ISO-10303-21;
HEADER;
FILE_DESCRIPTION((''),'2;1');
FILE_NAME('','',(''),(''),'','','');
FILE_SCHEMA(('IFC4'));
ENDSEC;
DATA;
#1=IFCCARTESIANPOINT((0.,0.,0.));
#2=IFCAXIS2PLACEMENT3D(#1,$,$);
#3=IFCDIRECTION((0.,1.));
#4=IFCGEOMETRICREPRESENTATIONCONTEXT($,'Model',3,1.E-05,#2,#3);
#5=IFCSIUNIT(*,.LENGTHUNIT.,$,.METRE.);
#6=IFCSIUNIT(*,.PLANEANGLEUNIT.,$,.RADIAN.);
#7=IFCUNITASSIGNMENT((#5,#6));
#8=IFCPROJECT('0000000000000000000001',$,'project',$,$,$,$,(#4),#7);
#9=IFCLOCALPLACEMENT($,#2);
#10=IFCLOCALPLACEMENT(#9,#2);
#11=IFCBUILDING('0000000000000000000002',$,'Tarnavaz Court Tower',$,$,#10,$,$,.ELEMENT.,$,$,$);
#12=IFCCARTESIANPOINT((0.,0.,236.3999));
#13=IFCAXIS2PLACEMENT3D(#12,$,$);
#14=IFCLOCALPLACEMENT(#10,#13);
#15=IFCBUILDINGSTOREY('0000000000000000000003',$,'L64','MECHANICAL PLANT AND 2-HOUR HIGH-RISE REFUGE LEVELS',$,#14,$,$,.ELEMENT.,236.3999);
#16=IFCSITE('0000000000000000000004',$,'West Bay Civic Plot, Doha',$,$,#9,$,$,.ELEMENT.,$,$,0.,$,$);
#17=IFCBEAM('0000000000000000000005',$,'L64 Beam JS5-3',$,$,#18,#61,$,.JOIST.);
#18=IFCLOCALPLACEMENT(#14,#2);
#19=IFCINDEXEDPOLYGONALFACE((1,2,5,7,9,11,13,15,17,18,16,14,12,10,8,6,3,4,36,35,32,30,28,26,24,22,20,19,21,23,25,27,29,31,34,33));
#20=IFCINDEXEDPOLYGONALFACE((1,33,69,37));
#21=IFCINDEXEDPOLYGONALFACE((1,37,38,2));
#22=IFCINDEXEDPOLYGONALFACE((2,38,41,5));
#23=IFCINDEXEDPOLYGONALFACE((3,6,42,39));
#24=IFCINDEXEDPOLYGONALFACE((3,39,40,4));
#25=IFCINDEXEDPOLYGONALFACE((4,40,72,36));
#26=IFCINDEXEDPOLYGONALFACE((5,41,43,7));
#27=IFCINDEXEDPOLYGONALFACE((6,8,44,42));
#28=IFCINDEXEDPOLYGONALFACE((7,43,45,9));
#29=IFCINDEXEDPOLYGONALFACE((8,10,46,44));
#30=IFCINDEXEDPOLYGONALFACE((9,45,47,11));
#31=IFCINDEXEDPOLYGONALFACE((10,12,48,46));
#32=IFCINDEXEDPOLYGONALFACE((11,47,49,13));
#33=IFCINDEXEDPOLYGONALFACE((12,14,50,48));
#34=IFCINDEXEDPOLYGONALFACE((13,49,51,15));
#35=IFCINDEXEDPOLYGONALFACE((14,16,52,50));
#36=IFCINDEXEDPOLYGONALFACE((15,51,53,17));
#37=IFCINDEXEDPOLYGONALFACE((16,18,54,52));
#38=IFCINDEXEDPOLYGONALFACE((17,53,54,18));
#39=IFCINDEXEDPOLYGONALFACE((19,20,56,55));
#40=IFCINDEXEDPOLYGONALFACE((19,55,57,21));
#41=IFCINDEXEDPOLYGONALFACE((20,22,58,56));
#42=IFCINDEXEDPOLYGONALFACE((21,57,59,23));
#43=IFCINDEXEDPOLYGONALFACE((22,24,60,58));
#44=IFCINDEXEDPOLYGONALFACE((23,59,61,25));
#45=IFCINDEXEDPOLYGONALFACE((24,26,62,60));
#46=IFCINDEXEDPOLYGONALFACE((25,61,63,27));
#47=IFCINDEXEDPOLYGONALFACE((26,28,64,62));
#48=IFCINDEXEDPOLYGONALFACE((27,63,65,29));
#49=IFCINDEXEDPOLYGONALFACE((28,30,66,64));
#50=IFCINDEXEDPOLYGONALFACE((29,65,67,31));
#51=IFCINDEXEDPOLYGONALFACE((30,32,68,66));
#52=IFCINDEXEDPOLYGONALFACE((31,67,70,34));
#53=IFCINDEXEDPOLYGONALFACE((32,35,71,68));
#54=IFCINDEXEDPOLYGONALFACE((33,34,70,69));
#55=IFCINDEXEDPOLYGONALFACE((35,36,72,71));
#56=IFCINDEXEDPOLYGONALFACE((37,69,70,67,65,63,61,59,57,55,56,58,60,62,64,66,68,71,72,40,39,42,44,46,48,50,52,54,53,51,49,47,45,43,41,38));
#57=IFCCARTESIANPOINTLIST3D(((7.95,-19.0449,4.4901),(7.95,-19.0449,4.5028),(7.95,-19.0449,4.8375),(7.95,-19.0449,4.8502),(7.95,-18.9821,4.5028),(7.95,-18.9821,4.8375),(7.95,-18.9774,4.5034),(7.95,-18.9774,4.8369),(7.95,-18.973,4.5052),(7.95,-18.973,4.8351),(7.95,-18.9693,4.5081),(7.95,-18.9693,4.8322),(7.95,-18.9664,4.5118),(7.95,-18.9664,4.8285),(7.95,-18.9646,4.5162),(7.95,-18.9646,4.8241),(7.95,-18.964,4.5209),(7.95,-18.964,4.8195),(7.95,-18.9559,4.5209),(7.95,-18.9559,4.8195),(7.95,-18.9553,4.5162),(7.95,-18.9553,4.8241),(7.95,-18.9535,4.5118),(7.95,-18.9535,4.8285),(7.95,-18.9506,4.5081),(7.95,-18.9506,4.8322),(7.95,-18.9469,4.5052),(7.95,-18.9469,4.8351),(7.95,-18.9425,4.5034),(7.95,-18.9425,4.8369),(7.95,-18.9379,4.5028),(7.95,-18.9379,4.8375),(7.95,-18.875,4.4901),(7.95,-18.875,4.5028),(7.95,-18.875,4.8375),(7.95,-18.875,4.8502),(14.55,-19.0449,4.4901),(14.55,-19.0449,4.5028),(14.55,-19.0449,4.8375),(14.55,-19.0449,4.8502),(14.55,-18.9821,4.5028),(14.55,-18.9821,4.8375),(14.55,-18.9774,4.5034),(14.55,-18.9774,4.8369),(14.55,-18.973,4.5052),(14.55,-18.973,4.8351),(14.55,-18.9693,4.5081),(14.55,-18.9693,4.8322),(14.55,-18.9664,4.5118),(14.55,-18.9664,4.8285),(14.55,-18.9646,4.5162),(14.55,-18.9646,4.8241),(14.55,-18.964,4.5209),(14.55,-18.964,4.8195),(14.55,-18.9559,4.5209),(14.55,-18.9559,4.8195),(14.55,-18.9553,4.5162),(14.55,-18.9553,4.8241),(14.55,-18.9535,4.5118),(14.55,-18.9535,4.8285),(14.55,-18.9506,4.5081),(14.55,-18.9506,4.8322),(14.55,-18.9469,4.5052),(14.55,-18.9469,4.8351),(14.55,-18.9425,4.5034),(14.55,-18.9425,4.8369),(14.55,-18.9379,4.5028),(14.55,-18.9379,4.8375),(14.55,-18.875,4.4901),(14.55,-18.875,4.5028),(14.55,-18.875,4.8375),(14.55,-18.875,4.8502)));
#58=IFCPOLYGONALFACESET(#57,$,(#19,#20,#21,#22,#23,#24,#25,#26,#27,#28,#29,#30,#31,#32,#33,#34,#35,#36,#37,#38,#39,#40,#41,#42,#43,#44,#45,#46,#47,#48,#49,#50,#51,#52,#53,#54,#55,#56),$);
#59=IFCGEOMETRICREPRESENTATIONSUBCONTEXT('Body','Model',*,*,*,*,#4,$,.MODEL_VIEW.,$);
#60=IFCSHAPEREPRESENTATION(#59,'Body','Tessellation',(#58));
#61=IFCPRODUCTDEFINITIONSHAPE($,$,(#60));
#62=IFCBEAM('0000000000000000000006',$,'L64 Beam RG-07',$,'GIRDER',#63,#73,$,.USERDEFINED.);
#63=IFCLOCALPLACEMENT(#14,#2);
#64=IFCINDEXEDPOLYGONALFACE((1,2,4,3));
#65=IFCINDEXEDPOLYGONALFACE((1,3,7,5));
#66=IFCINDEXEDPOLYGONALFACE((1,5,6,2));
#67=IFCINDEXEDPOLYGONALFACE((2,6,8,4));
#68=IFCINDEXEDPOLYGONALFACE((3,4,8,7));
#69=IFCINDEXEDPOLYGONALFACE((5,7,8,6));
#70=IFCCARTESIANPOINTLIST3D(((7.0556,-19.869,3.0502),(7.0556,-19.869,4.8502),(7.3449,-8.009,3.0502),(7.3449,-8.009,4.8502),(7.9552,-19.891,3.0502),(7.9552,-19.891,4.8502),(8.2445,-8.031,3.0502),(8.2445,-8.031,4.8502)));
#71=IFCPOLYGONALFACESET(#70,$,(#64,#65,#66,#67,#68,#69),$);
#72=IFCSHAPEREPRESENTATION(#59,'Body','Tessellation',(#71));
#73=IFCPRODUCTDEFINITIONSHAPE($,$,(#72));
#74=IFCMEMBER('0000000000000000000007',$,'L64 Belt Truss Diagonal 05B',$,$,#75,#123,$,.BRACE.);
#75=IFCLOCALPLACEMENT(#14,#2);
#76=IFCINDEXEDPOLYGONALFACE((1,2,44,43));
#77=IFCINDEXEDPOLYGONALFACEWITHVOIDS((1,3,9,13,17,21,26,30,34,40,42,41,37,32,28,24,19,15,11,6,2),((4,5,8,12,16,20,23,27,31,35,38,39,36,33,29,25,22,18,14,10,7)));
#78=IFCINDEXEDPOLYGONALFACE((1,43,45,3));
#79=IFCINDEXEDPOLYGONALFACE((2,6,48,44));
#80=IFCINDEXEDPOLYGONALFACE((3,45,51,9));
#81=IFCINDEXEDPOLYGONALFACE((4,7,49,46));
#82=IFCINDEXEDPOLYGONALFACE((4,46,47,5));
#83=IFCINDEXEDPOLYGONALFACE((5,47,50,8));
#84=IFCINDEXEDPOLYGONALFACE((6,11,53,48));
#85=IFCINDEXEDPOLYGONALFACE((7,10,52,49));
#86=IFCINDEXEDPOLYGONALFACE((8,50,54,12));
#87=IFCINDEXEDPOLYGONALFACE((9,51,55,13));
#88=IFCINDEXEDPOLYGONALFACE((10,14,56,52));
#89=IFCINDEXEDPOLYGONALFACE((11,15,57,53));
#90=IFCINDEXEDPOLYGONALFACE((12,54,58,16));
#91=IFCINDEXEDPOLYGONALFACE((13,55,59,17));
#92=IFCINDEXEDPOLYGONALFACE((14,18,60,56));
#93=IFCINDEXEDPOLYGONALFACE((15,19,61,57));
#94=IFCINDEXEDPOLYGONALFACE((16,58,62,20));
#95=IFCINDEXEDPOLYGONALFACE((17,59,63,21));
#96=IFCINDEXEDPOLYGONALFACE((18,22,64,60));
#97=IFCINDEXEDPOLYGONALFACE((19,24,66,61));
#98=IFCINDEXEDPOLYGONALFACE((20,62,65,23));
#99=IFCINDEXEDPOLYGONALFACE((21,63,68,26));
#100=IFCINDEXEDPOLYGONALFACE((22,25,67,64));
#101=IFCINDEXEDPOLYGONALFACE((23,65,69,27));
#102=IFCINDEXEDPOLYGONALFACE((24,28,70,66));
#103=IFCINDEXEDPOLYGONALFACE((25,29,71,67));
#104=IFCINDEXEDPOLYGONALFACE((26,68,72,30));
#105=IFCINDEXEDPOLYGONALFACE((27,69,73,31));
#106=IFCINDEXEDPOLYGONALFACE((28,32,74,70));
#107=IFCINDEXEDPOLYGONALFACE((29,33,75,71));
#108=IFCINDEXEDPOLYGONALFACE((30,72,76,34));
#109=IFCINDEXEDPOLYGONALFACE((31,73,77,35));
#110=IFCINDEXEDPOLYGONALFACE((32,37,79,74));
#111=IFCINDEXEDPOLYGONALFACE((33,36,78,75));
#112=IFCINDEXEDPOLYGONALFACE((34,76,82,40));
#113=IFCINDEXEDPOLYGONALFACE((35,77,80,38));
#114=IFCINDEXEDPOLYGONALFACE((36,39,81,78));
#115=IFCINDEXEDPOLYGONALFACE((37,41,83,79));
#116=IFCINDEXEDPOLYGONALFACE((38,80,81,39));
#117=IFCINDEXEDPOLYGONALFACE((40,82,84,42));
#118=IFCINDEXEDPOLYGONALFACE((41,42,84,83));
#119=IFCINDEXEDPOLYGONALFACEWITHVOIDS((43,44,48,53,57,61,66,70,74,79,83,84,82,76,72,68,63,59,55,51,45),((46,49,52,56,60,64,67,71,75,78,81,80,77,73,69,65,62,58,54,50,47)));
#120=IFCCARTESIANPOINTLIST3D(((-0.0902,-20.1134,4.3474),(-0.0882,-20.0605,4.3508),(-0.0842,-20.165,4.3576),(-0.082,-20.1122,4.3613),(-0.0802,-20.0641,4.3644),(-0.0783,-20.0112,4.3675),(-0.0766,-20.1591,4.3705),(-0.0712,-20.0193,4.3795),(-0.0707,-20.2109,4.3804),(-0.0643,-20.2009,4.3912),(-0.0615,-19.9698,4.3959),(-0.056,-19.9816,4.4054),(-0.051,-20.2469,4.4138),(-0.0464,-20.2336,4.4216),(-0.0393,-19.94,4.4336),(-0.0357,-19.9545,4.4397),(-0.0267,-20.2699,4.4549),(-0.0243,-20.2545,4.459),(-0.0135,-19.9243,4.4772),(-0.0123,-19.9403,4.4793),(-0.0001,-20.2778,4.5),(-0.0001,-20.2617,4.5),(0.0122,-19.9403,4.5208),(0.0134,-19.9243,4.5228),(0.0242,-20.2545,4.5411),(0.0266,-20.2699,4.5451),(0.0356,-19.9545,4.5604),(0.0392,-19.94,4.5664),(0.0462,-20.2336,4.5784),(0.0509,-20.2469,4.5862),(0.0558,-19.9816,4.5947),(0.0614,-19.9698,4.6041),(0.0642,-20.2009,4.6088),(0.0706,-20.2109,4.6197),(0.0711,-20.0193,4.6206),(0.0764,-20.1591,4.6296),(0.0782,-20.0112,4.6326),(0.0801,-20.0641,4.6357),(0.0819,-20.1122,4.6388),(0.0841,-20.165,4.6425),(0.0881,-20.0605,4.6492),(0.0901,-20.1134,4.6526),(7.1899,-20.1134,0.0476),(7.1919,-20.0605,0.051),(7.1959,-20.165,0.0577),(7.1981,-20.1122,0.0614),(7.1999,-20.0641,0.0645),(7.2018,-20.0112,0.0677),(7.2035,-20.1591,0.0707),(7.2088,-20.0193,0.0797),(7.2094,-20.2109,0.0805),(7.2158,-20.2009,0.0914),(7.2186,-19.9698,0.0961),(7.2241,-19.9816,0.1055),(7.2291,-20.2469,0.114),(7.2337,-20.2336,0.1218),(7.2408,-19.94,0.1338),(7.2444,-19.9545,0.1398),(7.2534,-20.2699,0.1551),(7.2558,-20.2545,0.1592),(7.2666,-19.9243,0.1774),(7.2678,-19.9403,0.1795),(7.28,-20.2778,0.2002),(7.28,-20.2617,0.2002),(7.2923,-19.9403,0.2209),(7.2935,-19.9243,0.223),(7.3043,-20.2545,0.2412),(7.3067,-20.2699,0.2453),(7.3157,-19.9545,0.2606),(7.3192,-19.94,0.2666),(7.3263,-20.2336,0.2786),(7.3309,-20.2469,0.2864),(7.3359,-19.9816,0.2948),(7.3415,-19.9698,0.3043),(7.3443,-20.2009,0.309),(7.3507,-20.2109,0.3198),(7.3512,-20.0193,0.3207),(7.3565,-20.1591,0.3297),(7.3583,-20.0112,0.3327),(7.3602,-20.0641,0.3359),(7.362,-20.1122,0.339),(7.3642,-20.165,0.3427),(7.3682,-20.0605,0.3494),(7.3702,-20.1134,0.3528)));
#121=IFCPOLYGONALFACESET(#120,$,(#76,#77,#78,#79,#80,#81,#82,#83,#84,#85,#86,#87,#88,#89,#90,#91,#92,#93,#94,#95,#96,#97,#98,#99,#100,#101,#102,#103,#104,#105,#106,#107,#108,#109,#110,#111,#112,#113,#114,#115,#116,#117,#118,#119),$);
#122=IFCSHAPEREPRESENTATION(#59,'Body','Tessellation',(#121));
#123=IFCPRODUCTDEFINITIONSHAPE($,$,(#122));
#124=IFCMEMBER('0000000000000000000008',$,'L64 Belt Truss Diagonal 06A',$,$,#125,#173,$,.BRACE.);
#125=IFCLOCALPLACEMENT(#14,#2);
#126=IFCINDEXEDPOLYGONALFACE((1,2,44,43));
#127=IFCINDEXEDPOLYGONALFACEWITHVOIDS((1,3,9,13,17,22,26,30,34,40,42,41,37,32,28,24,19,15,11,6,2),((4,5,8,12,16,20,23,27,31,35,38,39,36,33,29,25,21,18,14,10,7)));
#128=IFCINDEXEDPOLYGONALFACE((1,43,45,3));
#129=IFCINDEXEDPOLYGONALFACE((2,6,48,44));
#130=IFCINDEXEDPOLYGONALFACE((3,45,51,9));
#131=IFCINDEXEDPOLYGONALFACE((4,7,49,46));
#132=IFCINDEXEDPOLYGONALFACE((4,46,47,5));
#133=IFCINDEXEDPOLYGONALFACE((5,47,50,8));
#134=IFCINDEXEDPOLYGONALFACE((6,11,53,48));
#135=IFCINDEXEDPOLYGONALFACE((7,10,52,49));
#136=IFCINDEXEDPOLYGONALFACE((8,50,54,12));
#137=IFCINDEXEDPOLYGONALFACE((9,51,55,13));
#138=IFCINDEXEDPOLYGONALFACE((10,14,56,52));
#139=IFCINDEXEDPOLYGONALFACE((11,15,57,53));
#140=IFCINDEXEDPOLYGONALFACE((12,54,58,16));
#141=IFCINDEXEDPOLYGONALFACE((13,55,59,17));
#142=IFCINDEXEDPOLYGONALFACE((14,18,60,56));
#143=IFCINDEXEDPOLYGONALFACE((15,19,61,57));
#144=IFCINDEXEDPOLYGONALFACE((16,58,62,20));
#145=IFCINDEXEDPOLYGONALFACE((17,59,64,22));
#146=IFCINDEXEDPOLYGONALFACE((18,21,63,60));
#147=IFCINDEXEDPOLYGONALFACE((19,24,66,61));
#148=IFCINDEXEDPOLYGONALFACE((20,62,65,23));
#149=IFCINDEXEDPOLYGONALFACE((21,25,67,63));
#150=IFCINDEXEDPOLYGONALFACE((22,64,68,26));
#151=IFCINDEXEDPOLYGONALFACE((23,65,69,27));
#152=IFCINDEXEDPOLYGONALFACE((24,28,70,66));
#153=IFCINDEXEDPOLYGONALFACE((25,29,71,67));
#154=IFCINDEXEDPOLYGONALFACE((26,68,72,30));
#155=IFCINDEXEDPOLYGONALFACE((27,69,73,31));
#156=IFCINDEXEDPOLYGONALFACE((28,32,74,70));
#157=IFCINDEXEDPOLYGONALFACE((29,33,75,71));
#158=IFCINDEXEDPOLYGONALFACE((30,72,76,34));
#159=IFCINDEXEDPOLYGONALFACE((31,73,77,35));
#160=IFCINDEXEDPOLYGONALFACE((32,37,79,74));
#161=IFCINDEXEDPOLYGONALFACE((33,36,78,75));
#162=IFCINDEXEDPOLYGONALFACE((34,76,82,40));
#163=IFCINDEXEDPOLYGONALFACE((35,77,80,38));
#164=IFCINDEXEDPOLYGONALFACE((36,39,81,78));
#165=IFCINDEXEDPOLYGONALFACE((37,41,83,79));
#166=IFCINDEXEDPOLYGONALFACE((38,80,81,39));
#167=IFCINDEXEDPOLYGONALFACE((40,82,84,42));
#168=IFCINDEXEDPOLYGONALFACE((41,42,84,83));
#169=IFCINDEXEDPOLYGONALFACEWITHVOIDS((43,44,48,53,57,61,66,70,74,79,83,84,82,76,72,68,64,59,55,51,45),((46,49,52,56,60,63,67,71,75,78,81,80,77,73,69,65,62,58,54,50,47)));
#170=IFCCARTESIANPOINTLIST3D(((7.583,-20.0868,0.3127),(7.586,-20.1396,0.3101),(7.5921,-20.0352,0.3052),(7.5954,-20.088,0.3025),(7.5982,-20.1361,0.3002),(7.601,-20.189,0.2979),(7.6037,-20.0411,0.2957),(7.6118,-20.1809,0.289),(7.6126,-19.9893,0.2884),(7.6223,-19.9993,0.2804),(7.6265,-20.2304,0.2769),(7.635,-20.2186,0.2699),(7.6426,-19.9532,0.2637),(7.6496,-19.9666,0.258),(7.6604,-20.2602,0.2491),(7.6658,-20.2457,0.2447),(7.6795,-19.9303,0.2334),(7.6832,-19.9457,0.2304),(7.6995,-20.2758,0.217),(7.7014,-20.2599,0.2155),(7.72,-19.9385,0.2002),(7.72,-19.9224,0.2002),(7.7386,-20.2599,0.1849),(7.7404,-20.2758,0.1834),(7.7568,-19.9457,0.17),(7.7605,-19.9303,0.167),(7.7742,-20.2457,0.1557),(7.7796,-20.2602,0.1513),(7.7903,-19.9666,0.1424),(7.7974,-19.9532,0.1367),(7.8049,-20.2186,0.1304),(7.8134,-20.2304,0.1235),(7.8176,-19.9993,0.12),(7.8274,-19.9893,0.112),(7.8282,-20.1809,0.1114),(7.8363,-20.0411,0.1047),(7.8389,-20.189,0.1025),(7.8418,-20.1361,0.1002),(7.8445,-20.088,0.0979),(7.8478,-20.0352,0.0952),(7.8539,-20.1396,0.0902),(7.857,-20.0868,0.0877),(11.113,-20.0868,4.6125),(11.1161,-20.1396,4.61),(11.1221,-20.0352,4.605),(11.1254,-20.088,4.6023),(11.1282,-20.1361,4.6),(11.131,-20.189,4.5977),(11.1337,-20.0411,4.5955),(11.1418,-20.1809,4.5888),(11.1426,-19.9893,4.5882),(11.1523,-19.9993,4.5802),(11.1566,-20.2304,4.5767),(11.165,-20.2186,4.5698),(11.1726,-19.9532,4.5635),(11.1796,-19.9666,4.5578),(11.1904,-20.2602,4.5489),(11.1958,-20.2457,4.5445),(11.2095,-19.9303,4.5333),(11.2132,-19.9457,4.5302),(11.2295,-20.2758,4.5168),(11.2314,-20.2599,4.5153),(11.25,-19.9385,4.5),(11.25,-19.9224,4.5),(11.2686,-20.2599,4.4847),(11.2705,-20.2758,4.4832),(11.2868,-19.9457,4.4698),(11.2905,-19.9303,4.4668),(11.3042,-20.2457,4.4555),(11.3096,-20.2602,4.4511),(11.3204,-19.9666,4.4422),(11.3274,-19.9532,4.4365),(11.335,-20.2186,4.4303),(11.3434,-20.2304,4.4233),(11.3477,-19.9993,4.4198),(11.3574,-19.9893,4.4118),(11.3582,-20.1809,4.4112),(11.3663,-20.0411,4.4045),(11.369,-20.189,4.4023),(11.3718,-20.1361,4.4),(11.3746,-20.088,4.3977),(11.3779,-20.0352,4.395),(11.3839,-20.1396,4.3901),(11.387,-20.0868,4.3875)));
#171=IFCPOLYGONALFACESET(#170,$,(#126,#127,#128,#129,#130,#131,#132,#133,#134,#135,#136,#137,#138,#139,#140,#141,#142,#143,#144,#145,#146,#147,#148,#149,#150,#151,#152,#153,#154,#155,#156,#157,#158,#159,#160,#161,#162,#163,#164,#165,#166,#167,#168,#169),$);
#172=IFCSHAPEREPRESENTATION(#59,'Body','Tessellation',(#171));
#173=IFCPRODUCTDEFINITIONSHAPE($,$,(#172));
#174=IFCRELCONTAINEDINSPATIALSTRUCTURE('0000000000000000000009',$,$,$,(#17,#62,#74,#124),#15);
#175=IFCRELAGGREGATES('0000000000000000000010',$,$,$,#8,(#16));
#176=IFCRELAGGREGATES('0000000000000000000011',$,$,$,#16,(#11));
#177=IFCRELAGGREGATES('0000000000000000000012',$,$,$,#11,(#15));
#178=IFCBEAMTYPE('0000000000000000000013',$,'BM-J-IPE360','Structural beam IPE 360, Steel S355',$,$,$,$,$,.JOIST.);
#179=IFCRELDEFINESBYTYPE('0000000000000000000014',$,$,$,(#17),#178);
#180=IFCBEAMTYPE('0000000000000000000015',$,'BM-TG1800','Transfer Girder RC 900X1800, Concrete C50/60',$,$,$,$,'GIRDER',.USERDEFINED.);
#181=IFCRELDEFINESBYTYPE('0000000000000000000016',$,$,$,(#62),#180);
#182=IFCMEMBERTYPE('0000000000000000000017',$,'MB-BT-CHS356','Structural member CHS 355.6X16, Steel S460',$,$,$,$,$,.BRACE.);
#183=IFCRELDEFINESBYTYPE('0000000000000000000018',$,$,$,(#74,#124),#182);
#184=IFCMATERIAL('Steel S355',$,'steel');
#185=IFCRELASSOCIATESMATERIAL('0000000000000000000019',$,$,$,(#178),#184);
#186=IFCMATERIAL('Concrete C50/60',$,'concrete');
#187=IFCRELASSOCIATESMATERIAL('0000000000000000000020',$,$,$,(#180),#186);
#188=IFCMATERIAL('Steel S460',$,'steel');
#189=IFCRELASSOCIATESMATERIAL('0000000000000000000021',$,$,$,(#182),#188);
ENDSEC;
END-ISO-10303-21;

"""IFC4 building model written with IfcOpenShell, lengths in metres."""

from ifc_helpers import new_model, si_unit, direction, frame, origin, origin_2d, place, context, subcontext, project, spatial, rectangle, hollow_circle, i_section, extrude, material, material_profile, profile_set, type_object, element, save


model = new_model("IFC4")

# Units and contexts
model_context = context("Model", 3, precision=1e-05, world=origin(), true_north=direction((0.0, 1.0)))
body_context = subcontext(model_context, "Body", "Model", "MODEL_VIEW")
ifc_project = project(units=[si_unit("LENGTHUNIT", "METRE"), si_unit("PLANEANGLEUNIT", "RADIAN")], contexts=[model_context])

# Site, building, storey
site_placement = place(None, origin())
site = spatial("IfcSite", under=ifc_project, at=site_placement, Name="West Bay Civic Plot, Doha", CompositionType="ELEMENT", RefElevation=0.0)
building_placement = place(site_placement, origin())
building = spatial("IfcBuilding", under=site, at=building_placement, Name="Tarnavaz Court Tower", CompositionType="ELEMENT")
storey_placement = place(building_placement, frame((0.0, 0.0, 236.3999)))
storey = spatial("IfcBuildingStorey", under=building, at=storey_placement, Name="L64", Description="MECHANICAL PLANT AND 2-HOUR HIGH-RISE REFUGE LEVELS", CompositionType="ELEMENT", Elevation=236.3999)

# Shared definitions
ifc_material_1 = material(Name="Concrete C50/60", Category="concrete")
ifc_material_2 = material(Name="Steel S460", Category="steel")

# Beams
ifc_material_3 = material(Name="Steel S355", Category="steel")
ifc_material_profile_1 = material_profile(ifc_material_3, i_section(OverallWidth=0.1699, OverallDepth=0.3601, WebThickness=0.0081, FlangeThickness=0.0127, FilletRadius=0.0181, at=origin_2d()), Name="IPE 360")
ifc_profile_set_1 = profile_set([ifc_material_profile_1], Name="Steel S355")
beam_type_1 = type_object("IfcBeamType", Name="BM-J-IPE360", Description="Structural beam IPE 360, Steel S355", PredefinedType="JOIST", material=ifc_profile_set_1)
for number, where, z_axis, x_axis, name in (
    (1, (7.95, -18.96, 4.6702), (1.0, 0.0, 0.0), (0.0, 1.0, 0.0), "L64 Beam JS5-3"),
):
    element("IfcBeam", number, at=place(storey_placement, frame(where, z_axis=z_axis, x_axis=x_axis)), inside=storey, type_object=beam_type_1, Name=name, PredefinedType="JOIST", context=body_context, shape_type="SweptSolid", body=[
        extrude(i_section(OverallWidth=0.1699, OverallDepth=0.3601, WebThickness=0.0081, FlangeThickness=0.0127, FilletRadius=0.0181, at=origin_2d()), origin(), (0.0, 0.0, 1.0), 6.6001),
    ])
ifc_material_profile_2 = material_profile(ifc_material_1, rectangle(XDim=0.8999, YDim=1.8, at=origin_2d()), Name="RC 900X1800")
ifc_profile_set_2 = profile_set([ifc_material_profile_2], Name="Concrete C50/60")
beam_type_2 = type_object("IfcBeamType", Name="BM-TG1800", Description="Transfer Girder RC 900X1800, Concrete C50/60", ElementType="GIRDER", PredefinedType="USERDEFINED", material=ifc_profile_set_2)
beam_1_placement = place(storey_placement, frame((7.7947, -8.02, 3.9502), z_axis=(-0.024386, -0.999703, 0.0), x_axis=(0.999703, -0.024386, 0.0)))
element("IfcBeam", 2, at=beam_1_placement, inside=storey, type_object=beam_type_2, Name="L64 Beam RG-07", ObjectType="GIRDER", PredefinedType="USERDEFINED", context=body_context, shape_type="SweptSolid", body=[
    extrude(rectangle(XDim=0.8999, YDim=1.8, at=origin_2d()), origin(), (0.0, 0.0, 1.0), 11.8635),
])

# Members
ifc_material_profile_3 = material_profile(ifc_material_2, hollow_circle(Radius=0.1777, WallThickness=0.0161, at=origin_2d()), Name="CHS 355.6X16")
ifc_profile_set_3 = profile_set([ifc_material_profile_3], Name="Steel S460")
member_type_1 = type_object("IfcMemberType", Name="MB-BT-CHS356", Description="Structural member CHS 355.6X16, Steel S460", PredefinedType="BRACE", material=ifc_profile_set_3)
member_1_placement = place(storey_placement, frame((7.28, -20.1001, 0.2002), z_axis=(-0.861032, 0.0, 0.508551), x_axis=(0.0, -1.0, 0.0)))
element("IfcMember", 3, at=member_1_placement, inside=storey, type_object=member_type_1, Name="L64 Belt Truss Diagonal 05B", PredefinedType="BRACE", context=body_context, shape_type="SweptSolid", body=[
    extrude(hollow_circle(Radius=0.1777, WallThickness=0.0161, at=origin_2d()), origin(), (0.0, 0.0, 1.0), 8.4551),
])
member_2_placement = place(storey_placement, frame((7.72, -20.1001, 0.2002), z_axis=(0.63453, 0.0, 0.772898), x_axis=(0.0, 1.0, 0.0)))
element("IfcMember", 4, at=member_2_placement, inside=storey, type_object=member_type_1, Name="L64 Belt Truss Diagonal 06A", PredefinedType="BRACE", context=body_context, shape_type="SweptSolid", body=[
    extrude(hollow_circle(Radius=0.1777, WallThickness=0.0161, at=origin_2d()), origin(), (0.0, 0.0, 1.0), 5.5632),
])

save(model, "model.ifc")
